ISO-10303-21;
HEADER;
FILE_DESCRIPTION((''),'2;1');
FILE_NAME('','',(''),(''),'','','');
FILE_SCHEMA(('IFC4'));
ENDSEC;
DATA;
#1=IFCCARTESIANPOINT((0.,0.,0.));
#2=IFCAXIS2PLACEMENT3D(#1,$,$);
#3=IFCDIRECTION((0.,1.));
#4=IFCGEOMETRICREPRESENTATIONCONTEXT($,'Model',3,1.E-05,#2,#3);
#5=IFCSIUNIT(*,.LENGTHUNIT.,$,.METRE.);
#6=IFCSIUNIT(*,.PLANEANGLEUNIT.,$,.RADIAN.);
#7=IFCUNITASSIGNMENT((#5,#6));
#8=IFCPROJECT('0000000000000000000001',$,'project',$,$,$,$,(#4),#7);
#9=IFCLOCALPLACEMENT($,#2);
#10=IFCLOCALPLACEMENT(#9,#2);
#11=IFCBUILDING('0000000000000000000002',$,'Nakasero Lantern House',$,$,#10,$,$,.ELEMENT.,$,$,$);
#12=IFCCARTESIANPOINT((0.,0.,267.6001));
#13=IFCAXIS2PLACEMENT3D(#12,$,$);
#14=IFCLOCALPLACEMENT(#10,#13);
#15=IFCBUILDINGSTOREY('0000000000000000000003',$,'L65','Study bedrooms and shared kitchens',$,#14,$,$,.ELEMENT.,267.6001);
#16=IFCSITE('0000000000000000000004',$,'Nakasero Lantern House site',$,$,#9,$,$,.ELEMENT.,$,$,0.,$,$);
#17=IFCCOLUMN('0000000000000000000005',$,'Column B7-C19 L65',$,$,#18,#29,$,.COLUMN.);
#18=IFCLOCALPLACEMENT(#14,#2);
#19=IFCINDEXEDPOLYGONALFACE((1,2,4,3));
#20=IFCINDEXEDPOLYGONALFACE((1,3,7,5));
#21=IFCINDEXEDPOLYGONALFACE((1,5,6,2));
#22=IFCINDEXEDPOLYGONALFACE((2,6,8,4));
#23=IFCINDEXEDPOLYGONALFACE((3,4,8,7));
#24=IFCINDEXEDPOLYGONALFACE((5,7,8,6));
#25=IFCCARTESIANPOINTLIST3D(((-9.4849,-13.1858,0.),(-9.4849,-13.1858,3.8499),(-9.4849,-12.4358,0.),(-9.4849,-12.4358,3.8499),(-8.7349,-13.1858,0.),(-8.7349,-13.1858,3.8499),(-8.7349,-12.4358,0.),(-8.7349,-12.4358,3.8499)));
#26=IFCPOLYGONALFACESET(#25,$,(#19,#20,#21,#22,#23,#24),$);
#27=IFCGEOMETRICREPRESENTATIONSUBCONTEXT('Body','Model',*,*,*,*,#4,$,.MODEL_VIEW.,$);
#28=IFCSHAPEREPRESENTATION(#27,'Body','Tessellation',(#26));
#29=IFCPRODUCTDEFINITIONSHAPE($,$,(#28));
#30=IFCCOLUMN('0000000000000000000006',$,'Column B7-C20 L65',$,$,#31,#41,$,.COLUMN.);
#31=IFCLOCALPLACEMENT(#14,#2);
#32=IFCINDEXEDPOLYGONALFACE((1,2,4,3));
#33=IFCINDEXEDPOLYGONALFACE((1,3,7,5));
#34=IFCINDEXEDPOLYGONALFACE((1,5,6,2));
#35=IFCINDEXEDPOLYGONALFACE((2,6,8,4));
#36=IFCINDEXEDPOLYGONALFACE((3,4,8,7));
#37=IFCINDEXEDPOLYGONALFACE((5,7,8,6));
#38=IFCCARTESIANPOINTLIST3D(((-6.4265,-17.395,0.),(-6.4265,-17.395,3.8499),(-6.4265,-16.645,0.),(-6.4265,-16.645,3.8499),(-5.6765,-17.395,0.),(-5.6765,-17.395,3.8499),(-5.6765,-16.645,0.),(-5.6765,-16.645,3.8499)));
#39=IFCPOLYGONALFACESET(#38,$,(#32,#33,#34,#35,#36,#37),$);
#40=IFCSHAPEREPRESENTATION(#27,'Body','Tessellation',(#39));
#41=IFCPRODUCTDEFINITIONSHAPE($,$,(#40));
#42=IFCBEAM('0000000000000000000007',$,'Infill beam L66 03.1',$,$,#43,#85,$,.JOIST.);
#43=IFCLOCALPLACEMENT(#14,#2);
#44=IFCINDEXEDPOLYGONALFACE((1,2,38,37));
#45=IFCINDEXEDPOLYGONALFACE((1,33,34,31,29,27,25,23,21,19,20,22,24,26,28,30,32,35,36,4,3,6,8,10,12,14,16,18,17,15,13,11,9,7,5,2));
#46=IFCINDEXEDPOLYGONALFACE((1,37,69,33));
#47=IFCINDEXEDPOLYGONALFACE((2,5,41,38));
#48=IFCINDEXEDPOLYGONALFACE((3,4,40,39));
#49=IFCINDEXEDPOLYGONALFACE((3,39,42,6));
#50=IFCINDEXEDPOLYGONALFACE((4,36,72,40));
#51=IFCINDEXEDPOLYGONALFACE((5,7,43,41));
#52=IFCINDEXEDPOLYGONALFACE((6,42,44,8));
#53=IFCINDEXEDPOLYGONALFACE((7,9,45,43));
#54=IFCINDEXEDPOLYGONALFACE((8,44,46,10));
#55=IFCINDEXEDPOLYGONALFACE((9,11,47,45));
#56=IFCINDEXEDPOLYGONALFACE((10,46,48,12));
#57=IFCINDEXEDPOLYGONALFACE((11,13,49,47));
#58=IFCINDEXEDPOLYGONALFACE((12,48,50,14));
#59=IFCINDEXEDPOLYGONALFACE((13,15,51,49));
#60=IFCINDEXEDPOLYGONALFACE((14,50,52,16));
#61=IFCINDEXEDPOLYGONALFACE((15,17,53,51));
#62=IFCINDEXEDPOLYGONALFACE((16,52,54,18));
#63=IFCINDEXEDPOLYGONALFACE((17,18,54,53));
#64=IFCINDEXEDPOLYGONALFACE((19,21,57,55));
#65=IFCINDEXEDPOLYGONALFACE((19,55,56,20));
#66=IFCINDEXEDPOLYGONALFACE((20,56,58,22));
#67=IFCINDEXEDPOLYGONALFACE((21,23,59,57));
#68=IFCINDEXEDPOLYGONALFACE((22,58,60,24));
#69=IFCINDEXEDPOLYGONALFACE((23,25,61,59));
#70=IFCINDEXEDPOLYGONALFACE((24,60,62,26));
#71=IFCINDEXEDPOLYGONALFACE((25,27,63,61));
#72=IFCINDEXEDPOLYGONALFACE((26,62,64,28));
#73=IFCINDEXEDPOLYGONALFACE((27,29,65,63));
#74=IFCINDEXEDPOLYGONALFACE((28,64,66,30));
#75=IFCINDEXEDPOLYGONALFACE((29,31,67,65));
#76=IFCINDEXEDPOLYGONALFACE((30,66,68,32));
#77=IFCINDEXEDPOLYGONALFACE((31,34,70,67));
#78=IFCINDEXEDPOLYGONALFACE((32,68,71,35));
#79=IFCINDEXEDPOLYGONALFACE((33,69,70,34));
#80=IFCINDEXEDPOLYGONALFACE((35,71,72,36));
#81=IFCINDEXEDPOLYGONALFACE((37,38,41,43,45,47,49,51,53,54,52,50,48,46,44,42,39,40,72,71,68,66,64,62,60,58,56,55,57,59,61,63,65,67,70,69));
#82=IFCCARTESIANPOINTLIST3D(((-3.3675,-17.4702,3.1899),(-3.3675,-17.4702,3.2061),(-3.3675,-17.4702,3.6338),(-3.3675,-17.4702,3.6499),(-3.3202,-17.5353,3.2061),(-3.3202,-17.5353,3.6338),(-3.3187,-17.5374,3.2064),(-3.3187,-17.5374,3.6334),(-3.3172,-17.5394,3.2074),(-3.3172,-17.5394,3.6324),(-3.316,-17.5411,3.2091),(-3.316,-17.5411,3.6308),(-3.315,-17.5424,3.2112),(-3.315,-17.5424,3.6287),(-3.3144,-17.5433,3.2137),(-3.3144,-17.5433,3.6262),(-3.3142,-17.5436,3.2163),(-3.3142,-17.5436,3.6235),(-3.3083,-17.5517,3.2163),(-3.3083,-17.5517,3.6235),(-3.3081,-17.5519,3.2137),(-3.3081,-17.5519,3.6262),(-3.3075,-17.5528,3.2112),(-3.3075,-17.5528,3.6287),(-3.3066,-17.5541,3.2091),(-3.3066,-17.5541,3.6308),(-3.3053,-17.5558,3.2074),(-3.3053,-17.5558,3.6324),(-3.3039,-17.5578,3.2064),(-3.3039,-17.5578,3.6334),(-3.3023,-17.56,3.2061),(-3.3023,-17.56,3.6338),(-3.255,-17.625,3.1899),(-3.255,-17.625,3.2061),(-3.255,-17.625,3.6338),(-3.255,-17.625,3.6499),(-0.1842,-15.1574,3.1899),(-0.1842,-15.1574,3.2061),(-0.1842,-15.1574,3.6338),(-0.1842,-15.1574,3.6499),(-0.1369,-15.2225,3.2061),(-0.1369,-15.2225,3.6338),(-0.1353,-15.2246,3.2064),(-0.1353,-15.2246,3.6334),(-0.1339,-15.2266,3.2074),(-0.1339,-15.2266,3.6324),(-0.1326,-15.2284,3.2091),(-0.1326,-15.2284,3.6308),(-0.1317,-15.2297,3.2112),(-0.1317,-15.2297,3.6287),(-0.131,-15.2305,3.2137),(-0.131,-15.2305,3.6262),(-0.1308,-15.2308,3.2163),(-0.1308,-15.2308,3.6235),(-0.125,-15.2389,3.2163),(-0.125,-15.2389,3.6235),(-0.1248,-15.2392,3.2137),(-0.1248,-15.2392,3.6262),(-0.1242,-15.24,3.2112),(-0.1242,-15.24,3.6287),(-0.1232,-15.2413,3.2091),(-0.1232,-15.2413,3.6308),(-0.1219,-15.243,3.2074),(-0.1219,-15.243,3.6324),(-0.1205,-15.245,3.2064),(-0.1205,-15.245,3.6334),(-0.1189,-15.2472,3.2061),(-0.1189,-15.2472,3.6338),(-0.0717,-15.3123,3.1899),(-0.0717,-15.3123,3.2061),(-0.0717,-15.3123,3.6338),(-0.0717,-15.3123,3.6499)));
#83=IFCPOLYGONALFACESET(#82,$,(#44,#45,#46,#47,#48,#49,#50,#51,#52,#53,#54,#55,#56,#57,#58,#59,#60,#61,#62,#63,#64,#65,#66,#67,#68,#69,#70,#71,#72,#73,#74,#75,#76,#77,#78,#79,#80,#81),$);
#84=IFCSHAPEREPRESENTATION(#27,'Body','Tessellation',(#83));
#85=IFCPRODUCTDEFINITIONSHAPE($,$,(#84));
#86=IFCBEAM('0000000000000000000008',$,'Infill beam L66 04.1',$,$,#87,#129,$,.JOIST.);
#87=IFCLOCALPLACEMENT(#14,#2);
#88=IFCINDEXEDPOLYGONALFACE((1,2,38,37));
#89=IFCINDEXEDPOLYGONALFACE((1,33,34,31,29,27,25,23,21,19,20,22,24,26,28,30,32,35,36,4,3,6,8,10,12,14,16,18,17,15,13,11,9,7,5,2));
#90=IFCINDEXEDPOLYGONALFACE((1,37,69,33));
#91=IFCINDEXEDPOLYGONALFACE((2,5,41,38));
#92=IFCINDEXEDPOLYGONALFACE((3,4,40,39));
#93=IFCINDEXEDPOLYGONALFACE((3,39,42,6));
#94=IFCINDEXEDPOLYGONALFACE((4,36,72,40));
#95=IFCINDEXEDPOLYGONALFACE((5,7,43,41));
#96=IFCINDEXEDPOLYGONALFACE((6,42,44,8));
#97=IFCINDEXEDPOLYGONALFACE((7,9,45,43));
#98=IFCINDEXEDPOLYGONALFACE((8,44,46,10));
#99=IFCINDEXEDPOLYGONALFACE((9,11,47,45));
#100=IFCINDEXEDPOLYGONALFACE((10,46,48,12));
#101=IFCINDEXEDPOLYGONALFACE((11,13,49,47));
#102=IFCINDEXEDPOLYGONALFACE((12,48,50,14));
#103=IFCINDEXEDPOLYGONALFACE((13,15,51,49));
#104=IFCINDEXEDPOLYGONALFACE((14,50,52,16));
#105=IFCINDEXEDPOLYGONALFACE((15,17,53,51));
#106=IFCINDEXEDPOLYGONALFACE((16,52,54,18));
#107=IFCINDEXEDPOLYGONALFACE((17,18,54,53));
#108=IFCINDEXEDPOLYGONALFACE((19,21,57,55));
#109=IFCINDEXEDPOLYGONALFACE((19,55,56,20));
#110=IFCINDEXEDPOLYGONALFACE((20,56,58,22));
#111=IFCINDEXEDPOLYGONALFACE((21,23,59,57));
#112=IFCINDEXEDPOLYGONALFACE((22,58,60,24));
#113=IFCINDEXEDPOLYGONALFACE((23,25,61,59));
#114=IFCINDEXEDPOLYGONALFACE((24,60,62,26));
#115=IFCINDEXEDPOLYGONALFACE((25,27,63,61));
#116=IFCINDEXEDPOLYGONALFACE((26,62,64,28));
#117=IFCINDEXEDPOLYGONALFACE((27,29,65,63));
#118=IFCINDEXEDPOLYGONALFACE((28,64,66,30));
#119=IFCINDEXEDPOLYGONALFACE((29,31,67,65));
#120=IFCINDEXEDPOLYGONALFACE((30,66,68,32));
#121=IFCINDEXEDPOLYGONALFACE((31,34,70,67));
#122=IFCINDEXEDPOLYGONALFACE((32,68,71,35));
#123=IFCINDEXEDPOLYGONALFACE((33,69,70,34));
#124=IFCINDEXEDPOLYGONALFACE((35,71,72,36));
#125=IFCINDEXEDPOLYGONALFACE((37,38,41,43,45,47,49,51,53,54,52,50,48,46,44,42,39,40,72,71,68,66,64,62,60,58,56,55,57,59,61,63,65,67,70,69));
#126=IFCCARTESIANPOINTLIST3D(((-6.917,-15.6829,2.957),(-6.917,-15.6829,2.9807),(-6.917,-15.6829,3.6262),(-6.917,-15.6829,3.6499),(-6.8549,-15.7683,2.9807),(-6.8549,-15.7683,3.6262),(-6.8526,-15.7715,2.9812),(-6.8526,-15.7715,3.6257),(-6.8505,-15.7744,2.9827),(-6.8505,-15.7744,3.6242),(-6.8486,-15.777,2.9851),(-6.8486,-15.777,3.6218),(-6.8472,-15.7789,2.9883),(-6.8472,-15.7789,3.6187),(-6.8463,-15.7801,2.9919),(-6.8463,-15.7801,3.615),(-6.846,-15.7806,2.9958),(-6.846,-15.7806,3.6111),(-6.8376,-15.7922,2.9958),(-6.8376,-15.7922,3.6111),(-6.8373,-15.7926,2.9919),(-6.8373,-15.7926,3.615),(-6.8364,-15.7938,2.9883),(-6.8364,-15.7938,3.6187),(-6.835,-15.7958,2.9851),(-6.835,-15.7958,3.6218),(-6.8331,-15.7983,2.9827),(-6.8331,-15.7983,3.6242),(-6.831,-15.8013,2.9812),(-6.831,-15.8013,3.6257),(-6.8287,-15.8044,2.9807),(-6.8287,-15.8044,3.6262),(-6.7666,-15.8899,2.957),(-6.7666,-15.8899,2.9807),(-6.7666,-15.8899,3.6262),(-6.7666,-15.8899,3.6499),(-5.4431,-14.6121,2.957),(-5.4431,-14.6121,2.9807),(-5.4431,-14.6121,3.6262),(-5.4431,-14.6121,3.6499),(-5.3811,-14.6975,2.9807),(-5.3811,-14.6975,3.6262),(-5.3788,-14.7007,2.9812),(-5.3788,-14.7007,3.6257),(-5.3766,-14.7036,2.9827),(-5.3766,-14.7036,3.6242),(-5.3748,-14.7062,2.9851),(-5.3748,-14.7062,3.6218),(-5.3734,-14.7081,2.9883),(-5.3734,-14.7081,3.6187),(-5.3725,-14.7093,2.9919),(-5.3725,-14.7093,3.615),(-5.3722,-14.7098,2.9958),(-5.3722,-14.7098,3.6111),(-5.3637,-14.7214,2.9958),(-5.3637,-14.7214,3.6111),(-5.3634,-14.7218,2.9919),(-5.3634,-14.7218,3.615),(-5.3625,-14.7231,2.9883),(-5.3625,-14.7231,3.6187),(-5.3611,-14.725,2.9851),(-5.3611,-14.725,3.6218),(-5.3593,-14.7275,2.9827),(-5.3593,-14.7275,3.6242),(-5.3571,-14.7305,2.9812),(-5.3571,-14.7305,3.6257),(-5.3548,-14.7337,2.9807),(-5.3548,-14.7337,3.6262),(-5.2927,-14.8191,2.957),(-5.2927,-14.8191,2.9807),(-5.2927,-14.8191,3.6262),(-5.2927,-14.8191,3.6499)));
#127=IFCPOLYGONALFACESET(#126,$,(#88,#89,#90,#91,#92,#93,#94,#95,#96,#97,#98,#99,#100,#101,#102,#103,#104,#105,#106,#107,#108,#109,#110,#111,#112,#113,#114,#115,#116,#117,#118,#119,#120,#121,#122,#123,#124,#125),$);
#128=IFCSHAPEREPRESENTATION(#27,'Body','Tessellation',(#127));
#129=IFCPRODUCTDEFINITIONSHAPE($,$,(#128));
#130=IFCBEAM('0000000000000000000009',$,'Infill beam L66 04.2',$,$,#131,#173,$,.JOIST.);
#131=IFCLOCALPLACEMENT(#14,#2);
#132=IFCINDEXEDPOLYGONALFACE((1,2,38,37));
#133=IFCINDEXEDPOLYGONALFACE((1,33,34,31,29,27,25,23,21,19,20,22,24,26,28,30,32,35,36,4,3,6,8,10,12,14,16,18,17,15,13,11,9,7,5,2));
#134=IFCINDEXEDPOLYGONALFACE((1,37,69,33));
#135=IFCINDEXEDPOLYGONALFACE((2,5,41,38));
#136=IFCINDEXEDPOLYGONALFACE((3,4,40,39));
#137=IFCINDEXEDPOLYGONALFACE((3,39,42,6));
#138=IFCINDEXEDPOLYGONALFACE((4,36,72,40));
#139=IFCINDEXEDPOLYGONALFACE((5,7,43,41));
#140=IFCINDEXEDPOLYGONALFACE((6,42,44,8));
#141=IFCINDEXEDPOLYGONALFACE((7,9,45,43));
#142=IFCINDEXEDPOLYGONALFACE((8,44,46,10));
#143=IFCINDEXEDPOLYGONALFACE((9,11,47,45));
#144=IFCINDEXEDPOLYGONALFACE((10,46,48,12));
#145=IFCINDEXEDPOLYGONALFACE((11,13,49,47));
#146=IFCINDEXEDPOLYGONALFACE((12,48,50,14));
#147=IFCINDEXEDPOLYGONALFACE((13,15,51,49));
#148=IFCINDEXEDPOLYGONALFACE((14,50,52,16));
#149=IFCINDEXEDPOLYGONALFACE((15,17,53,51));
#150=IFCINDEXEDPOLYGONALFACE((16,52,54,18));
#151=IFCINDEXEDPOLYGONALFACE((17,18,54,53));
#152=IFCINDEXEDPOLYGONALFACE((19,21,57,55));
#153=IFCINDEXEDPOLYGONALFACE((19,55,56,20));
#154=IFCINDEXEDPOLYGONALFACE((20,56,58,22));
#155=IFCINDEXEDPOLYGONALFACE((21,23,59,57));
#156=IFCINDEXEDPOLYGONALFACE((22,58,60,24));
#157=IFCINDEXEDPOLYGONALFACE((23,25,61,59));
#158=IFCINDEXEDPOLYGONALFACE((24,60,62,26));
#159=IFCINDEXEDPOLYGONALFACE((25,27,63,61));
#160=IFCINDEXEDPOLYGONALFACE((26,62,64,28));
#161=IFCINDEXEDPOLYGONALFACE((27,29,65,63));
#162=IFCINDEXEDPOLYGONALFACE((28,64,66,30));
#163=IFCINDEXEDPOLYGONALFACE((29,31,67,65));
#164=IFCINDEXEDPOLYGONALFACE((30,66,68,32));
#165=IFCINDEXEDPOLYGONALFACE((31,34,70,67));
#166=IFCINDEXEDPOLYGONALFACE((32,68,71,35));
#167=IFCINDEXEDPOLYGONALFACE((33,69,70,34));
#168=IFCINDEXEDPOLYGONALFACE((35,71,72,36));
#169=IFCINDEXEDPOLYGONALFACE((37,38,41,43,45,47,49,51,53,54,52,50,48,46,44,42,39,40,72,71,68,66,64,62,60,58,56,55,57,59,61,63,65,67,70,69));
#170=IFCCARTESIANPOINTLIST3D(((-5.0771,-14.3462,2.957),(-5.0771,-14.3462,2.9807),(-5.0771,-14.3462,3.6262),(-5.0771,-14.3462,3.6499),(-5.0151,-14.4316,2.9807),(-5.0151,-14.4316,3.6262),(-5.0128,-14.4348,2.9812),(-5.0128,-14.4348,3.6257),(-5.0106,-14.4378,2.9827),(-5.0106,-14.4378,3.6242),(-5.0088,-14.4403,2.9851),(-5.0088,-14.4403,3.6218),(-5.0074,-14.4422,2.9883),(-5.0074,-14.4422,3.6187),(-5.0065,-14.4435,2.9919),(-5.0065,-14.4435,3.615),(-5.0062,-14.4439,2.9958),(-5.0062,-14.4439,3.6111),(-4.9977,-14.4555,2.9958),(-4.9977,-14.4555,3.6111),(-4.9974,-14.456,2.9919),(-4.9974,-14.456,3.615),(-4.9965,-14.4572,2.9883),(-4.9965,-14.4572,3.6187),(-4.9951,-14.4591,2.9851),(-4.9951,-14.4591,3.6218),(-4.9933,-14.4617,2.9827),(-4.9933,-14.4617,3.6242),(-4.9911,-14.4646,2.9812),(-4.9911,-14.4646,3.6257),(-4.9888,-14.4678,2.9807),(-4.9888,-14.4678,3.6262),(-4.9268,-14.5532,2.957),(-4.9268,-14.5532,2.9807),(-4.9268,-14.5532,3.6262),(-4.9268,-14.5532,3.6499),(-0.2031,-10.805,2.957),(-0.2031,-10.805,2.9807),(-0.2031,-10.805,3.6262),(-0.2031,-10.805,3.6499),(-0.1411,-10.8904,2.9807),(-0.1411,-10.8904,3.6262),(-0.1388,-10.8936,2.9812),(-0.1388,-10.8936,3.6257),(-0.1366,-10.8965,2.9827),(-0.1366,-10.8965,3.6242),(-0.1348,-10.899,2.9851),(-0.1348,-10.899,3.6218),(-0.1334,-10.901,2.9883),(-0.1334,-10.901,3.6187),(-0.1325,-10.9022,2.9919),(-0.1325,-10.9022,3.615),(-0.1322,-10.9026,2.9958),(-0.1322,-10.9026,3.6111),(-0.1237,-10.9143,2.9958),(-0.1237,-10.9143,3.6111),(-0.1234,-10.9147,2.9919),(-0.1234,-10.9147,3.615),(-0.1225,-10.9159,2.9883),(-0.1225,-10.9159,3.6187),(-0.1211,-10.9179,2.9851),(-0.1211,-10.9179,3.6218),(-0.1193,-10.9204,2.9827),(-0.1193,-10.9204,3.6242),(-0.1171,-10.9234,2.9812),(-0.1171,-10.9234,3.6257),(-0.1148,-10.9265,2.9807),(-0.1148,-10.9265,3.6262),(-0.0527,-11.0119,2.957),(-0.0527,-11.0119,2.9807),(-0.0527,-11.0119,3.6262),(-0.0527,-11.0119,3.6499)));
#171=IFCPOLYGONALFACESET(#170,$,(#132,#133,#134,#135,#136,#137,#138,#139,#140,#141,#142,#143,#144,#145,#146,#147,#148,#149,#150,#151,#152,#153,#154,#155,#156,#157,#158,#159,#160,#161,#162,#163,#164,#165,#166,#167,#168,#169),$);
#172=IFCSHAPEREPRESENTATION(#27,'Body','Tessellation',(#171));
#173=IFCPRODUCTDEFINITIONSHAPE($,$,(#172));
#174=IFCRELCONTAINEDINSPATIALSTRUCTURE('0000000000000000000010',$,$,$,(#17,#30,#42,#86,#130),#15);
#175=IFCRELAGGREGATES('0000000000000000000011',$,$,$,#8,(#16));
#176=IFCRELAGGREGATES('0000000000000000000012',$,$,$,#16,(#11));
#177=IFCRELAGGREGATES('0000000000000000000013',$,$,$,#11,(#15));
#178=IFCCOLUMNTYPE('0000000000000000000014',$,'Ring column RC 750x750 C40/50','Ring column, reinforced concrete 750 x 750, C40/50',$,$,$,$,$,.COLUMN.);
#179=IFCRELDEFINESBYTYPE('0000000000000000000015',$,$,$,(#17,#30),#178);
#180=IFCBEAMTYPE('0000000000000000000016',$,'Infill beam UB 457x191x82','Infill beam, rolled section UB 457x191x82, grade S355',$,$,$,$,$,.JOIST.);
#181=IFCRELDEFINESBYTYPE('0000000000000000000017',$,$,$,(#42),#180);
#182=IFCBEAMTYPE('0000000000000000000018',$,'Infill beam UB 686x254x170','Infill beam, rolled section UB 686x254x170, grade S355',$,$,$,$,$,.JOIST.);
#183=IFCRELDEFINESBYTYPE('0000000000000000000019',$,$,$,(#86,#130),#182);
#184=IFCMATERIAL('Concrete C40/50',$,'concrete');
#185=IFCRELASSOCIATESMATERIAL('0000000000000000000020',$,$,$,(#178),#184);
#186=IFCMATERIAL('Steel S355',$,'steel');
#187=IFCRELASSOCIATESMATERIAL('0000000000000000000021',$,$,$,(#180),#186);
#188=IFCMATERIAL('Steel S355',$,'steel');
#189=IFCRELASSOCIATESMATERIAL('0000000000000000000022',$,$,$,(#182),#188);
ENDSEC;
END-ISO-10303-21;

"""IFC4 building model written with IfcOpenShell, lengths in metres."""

from ifc_helpers import new_model, si_unit, direction, frame, origin, origin_2d, place, context, subcontext, project, spatial, rectangle, i_section, extrude, material, material_profile, profile_set, type_object, element, save


model = new_model("IFC4")

# Units and contexts
model_context = context("Model", 3, precision=1e-05, world=origin(), true_north=direction((0.0, 1.0)))
body_context = subcontext(model_context, "Body", "Model", "MODEL_VIEW")
ifc_project = project(units=[si_unit("LENGTHUNIT", "METRE"), si_unit("PLANEANGLEUNIT", "RADIAN")], contexts=[model_context])

# Site, building, storey
site_placement = place(None, origin())
site = spatial("IfcSite", under=ifc_project, at=site_placement, Name="Nakasero Lantern House site", CompositionType="ELEMENT", RefElevation=0.0)
building_placement = place(site_placement, origin())
building = spatial("IfcBuilding", under=site, at=building_placement, Name="Nakasero Lantern House", CompositionType="ELEMENT")
storey_placement = place(building_placement, frame((0.0, 0.0, 267.6001)))
storey = spatial("IfcBuildingStorey", under=building, at=storey_placement, Name="L65", Description="Study bedrooms and shared kitchens", CompositionType="ELEMENT", Elevation=267.6001)

# Columns
ifc_material_1 = material(Name="Concrete C40/50", Category="concrete")
ifc_material_profile_1 = material_profile(ifc_material_1, rectangle(XDim=0.75, YDim=0.75, at=origin_2d()), Name="RC 750x750")
ifc_profile_set_1 = profile_set([ifc_material_profile_1], Name="Concrete C40/50")
column_type = type_object("IfcColumnType", Name="Ring column RC 750x750 C40/50", Description="Ring column, reinforced concrete 750 x 750, C40/50", PredefinedType="COLUMN", material=ifc_profile_set_1)
for number, where, z_axis, x_axis, name in (
    (1, (-9.1099, -12.8108, 0.0), (0.0, 0.0, 1.0), (1.0, 0.0, 0.0), "Column B7-C19 L65"),
    (2, (-6.0515, -17.02, 0.0), (0.0, 0.0, 1.0), (1.0, 0.0, 0.0), "Column B7-C20 L65"),
):
    element("IfcColumn", number, at=place(storey_placement, frame(where, z_axis=z_axis, x_axis=x_axis)), inside=storey, type_object=column_type, Name=name, PredefinedType="COLUMN", context=body_context, shape_type="SweptSolid", body=[
        extrude(rectangle(XDim=0.75, YDim=0.75, at=origin_2d()), origin(), (0.0, 0.0, 1.0), 3.8499),
    ])

# Beams
ifc_material_2 = material(Name="Steel S355", Category="steel")
ifc_material_profile_2 = material_profile(ifc_material_2, i_section(OverallWidth=0.1914, OverallDepth=0.46, WebThickness=0.01, FlangeThickness=0.0161, FilletRadius=0.0103, at=origin_2d()), Name="UB 457x191x82")
ifc_profile_set_2 = profile_set([ifc_material_profile_2], Name="Steel S355")
beam_type_1 = type_object("IfcBeamType", Name="Infill beam UB 457x191x82", Description="Infill beam, rolled section UB 457x191x82, grade S355", PredefinedType="JOIST", material=ifc_profile_set_2)
beam_1_placement = place(storey_placement, frame((-3.3113, -17.5476, 3.4199), z_axis=(0.809028, 0.587769, 0.0), x_axis=(-0.587769, 0.809028, 0.0)))
element("IfcBeam", 3, at=beam_1_placement, inside=storey, type_object=beam_type_1, Name="Infill beam L66 03.1", PredefinedType="JOIST", context=body_context, shape_type="SweptSolid", body=[
    extrude(i_section(OverallWidth=0.1914, OverallDepth=0.46, WebThickness=0.01, FlangeThickness=0.0161, FilletRadius=0.0103, at=origin_2d()), origin(), (0.0, 0.0, 1.0), 3.9348),
])
ifc_material_3 = material(Name="Steel S355", Category="steel")
ifc_material_profile_3 = material_profile(ifc_material_3, i_section(OverallWidth=0.2559, OverallDepth=0.6929, WebThickness=0.0144, FlangeThickness=0.0237, FilletRadius=0.0151, at=origin_2d()), Name="UB 686x254x170")
ifc_profile_set_3 = profile_set([ifc_material_profile_3], Name="Steel S355")
beam_type_2 = type_object("IfcBeamType", Name="Infill beam UB 686x254x170", Description="Infill beam, rolled section UB 686x254x170, grade S355", PredefinedType="JOIST", material=ifc_profile_set_3)
beam_2_placement = place(storey_placement, frame((-6.8418, -15.7864, 3.3035), z_axis=(0.809026, 0.587773, 0.0), x_axis=(-0.587773, 0.809026, 0.0)))
element("IfcBeam", 4, at=beam_2_placement, inside=storey, type_object=beam_type_2, Name="Infill beam L66 04.1", PredefinedType="JOIST", context=body_context, shape_type="SweptSolid", body=[
    extrude(i_section(OverallWidth=0.2559, OverallDepth=0.6929, WebThickness=0.0144, FlangeThickness=0.0237, FilletRadius=0.0151, at=origin_2d()), origin(), (0.0, 0.0, 1.0), 1.8218),
])
beam_3_placement = place(storey_placement, frame((-5.002, -14.4497, 3.3035), z_axis=(0.809011, 0.587793, 0.0), x_axis=(-0.587793, 0.809011, 0.0)))
element("IfcBeam", 5, at=beam_3_placement, inside=storey, type_object=beam_type_2, Name="Infill beam L66 04.2", PredefinedType="JOIST", context=body_context, shape_type="SweptSolid", body=[
    extrude(i_section(OverallWidth=0.2559, OverallDepth=0.6929, WebThickness=0.0144, FlangeThickness=0.0237, FilletRadius=0.0151, at=origin_2d()), origin(), (0.0, 0.0, 1.0), 6.0247),
])

save(model, "model.ifc")
